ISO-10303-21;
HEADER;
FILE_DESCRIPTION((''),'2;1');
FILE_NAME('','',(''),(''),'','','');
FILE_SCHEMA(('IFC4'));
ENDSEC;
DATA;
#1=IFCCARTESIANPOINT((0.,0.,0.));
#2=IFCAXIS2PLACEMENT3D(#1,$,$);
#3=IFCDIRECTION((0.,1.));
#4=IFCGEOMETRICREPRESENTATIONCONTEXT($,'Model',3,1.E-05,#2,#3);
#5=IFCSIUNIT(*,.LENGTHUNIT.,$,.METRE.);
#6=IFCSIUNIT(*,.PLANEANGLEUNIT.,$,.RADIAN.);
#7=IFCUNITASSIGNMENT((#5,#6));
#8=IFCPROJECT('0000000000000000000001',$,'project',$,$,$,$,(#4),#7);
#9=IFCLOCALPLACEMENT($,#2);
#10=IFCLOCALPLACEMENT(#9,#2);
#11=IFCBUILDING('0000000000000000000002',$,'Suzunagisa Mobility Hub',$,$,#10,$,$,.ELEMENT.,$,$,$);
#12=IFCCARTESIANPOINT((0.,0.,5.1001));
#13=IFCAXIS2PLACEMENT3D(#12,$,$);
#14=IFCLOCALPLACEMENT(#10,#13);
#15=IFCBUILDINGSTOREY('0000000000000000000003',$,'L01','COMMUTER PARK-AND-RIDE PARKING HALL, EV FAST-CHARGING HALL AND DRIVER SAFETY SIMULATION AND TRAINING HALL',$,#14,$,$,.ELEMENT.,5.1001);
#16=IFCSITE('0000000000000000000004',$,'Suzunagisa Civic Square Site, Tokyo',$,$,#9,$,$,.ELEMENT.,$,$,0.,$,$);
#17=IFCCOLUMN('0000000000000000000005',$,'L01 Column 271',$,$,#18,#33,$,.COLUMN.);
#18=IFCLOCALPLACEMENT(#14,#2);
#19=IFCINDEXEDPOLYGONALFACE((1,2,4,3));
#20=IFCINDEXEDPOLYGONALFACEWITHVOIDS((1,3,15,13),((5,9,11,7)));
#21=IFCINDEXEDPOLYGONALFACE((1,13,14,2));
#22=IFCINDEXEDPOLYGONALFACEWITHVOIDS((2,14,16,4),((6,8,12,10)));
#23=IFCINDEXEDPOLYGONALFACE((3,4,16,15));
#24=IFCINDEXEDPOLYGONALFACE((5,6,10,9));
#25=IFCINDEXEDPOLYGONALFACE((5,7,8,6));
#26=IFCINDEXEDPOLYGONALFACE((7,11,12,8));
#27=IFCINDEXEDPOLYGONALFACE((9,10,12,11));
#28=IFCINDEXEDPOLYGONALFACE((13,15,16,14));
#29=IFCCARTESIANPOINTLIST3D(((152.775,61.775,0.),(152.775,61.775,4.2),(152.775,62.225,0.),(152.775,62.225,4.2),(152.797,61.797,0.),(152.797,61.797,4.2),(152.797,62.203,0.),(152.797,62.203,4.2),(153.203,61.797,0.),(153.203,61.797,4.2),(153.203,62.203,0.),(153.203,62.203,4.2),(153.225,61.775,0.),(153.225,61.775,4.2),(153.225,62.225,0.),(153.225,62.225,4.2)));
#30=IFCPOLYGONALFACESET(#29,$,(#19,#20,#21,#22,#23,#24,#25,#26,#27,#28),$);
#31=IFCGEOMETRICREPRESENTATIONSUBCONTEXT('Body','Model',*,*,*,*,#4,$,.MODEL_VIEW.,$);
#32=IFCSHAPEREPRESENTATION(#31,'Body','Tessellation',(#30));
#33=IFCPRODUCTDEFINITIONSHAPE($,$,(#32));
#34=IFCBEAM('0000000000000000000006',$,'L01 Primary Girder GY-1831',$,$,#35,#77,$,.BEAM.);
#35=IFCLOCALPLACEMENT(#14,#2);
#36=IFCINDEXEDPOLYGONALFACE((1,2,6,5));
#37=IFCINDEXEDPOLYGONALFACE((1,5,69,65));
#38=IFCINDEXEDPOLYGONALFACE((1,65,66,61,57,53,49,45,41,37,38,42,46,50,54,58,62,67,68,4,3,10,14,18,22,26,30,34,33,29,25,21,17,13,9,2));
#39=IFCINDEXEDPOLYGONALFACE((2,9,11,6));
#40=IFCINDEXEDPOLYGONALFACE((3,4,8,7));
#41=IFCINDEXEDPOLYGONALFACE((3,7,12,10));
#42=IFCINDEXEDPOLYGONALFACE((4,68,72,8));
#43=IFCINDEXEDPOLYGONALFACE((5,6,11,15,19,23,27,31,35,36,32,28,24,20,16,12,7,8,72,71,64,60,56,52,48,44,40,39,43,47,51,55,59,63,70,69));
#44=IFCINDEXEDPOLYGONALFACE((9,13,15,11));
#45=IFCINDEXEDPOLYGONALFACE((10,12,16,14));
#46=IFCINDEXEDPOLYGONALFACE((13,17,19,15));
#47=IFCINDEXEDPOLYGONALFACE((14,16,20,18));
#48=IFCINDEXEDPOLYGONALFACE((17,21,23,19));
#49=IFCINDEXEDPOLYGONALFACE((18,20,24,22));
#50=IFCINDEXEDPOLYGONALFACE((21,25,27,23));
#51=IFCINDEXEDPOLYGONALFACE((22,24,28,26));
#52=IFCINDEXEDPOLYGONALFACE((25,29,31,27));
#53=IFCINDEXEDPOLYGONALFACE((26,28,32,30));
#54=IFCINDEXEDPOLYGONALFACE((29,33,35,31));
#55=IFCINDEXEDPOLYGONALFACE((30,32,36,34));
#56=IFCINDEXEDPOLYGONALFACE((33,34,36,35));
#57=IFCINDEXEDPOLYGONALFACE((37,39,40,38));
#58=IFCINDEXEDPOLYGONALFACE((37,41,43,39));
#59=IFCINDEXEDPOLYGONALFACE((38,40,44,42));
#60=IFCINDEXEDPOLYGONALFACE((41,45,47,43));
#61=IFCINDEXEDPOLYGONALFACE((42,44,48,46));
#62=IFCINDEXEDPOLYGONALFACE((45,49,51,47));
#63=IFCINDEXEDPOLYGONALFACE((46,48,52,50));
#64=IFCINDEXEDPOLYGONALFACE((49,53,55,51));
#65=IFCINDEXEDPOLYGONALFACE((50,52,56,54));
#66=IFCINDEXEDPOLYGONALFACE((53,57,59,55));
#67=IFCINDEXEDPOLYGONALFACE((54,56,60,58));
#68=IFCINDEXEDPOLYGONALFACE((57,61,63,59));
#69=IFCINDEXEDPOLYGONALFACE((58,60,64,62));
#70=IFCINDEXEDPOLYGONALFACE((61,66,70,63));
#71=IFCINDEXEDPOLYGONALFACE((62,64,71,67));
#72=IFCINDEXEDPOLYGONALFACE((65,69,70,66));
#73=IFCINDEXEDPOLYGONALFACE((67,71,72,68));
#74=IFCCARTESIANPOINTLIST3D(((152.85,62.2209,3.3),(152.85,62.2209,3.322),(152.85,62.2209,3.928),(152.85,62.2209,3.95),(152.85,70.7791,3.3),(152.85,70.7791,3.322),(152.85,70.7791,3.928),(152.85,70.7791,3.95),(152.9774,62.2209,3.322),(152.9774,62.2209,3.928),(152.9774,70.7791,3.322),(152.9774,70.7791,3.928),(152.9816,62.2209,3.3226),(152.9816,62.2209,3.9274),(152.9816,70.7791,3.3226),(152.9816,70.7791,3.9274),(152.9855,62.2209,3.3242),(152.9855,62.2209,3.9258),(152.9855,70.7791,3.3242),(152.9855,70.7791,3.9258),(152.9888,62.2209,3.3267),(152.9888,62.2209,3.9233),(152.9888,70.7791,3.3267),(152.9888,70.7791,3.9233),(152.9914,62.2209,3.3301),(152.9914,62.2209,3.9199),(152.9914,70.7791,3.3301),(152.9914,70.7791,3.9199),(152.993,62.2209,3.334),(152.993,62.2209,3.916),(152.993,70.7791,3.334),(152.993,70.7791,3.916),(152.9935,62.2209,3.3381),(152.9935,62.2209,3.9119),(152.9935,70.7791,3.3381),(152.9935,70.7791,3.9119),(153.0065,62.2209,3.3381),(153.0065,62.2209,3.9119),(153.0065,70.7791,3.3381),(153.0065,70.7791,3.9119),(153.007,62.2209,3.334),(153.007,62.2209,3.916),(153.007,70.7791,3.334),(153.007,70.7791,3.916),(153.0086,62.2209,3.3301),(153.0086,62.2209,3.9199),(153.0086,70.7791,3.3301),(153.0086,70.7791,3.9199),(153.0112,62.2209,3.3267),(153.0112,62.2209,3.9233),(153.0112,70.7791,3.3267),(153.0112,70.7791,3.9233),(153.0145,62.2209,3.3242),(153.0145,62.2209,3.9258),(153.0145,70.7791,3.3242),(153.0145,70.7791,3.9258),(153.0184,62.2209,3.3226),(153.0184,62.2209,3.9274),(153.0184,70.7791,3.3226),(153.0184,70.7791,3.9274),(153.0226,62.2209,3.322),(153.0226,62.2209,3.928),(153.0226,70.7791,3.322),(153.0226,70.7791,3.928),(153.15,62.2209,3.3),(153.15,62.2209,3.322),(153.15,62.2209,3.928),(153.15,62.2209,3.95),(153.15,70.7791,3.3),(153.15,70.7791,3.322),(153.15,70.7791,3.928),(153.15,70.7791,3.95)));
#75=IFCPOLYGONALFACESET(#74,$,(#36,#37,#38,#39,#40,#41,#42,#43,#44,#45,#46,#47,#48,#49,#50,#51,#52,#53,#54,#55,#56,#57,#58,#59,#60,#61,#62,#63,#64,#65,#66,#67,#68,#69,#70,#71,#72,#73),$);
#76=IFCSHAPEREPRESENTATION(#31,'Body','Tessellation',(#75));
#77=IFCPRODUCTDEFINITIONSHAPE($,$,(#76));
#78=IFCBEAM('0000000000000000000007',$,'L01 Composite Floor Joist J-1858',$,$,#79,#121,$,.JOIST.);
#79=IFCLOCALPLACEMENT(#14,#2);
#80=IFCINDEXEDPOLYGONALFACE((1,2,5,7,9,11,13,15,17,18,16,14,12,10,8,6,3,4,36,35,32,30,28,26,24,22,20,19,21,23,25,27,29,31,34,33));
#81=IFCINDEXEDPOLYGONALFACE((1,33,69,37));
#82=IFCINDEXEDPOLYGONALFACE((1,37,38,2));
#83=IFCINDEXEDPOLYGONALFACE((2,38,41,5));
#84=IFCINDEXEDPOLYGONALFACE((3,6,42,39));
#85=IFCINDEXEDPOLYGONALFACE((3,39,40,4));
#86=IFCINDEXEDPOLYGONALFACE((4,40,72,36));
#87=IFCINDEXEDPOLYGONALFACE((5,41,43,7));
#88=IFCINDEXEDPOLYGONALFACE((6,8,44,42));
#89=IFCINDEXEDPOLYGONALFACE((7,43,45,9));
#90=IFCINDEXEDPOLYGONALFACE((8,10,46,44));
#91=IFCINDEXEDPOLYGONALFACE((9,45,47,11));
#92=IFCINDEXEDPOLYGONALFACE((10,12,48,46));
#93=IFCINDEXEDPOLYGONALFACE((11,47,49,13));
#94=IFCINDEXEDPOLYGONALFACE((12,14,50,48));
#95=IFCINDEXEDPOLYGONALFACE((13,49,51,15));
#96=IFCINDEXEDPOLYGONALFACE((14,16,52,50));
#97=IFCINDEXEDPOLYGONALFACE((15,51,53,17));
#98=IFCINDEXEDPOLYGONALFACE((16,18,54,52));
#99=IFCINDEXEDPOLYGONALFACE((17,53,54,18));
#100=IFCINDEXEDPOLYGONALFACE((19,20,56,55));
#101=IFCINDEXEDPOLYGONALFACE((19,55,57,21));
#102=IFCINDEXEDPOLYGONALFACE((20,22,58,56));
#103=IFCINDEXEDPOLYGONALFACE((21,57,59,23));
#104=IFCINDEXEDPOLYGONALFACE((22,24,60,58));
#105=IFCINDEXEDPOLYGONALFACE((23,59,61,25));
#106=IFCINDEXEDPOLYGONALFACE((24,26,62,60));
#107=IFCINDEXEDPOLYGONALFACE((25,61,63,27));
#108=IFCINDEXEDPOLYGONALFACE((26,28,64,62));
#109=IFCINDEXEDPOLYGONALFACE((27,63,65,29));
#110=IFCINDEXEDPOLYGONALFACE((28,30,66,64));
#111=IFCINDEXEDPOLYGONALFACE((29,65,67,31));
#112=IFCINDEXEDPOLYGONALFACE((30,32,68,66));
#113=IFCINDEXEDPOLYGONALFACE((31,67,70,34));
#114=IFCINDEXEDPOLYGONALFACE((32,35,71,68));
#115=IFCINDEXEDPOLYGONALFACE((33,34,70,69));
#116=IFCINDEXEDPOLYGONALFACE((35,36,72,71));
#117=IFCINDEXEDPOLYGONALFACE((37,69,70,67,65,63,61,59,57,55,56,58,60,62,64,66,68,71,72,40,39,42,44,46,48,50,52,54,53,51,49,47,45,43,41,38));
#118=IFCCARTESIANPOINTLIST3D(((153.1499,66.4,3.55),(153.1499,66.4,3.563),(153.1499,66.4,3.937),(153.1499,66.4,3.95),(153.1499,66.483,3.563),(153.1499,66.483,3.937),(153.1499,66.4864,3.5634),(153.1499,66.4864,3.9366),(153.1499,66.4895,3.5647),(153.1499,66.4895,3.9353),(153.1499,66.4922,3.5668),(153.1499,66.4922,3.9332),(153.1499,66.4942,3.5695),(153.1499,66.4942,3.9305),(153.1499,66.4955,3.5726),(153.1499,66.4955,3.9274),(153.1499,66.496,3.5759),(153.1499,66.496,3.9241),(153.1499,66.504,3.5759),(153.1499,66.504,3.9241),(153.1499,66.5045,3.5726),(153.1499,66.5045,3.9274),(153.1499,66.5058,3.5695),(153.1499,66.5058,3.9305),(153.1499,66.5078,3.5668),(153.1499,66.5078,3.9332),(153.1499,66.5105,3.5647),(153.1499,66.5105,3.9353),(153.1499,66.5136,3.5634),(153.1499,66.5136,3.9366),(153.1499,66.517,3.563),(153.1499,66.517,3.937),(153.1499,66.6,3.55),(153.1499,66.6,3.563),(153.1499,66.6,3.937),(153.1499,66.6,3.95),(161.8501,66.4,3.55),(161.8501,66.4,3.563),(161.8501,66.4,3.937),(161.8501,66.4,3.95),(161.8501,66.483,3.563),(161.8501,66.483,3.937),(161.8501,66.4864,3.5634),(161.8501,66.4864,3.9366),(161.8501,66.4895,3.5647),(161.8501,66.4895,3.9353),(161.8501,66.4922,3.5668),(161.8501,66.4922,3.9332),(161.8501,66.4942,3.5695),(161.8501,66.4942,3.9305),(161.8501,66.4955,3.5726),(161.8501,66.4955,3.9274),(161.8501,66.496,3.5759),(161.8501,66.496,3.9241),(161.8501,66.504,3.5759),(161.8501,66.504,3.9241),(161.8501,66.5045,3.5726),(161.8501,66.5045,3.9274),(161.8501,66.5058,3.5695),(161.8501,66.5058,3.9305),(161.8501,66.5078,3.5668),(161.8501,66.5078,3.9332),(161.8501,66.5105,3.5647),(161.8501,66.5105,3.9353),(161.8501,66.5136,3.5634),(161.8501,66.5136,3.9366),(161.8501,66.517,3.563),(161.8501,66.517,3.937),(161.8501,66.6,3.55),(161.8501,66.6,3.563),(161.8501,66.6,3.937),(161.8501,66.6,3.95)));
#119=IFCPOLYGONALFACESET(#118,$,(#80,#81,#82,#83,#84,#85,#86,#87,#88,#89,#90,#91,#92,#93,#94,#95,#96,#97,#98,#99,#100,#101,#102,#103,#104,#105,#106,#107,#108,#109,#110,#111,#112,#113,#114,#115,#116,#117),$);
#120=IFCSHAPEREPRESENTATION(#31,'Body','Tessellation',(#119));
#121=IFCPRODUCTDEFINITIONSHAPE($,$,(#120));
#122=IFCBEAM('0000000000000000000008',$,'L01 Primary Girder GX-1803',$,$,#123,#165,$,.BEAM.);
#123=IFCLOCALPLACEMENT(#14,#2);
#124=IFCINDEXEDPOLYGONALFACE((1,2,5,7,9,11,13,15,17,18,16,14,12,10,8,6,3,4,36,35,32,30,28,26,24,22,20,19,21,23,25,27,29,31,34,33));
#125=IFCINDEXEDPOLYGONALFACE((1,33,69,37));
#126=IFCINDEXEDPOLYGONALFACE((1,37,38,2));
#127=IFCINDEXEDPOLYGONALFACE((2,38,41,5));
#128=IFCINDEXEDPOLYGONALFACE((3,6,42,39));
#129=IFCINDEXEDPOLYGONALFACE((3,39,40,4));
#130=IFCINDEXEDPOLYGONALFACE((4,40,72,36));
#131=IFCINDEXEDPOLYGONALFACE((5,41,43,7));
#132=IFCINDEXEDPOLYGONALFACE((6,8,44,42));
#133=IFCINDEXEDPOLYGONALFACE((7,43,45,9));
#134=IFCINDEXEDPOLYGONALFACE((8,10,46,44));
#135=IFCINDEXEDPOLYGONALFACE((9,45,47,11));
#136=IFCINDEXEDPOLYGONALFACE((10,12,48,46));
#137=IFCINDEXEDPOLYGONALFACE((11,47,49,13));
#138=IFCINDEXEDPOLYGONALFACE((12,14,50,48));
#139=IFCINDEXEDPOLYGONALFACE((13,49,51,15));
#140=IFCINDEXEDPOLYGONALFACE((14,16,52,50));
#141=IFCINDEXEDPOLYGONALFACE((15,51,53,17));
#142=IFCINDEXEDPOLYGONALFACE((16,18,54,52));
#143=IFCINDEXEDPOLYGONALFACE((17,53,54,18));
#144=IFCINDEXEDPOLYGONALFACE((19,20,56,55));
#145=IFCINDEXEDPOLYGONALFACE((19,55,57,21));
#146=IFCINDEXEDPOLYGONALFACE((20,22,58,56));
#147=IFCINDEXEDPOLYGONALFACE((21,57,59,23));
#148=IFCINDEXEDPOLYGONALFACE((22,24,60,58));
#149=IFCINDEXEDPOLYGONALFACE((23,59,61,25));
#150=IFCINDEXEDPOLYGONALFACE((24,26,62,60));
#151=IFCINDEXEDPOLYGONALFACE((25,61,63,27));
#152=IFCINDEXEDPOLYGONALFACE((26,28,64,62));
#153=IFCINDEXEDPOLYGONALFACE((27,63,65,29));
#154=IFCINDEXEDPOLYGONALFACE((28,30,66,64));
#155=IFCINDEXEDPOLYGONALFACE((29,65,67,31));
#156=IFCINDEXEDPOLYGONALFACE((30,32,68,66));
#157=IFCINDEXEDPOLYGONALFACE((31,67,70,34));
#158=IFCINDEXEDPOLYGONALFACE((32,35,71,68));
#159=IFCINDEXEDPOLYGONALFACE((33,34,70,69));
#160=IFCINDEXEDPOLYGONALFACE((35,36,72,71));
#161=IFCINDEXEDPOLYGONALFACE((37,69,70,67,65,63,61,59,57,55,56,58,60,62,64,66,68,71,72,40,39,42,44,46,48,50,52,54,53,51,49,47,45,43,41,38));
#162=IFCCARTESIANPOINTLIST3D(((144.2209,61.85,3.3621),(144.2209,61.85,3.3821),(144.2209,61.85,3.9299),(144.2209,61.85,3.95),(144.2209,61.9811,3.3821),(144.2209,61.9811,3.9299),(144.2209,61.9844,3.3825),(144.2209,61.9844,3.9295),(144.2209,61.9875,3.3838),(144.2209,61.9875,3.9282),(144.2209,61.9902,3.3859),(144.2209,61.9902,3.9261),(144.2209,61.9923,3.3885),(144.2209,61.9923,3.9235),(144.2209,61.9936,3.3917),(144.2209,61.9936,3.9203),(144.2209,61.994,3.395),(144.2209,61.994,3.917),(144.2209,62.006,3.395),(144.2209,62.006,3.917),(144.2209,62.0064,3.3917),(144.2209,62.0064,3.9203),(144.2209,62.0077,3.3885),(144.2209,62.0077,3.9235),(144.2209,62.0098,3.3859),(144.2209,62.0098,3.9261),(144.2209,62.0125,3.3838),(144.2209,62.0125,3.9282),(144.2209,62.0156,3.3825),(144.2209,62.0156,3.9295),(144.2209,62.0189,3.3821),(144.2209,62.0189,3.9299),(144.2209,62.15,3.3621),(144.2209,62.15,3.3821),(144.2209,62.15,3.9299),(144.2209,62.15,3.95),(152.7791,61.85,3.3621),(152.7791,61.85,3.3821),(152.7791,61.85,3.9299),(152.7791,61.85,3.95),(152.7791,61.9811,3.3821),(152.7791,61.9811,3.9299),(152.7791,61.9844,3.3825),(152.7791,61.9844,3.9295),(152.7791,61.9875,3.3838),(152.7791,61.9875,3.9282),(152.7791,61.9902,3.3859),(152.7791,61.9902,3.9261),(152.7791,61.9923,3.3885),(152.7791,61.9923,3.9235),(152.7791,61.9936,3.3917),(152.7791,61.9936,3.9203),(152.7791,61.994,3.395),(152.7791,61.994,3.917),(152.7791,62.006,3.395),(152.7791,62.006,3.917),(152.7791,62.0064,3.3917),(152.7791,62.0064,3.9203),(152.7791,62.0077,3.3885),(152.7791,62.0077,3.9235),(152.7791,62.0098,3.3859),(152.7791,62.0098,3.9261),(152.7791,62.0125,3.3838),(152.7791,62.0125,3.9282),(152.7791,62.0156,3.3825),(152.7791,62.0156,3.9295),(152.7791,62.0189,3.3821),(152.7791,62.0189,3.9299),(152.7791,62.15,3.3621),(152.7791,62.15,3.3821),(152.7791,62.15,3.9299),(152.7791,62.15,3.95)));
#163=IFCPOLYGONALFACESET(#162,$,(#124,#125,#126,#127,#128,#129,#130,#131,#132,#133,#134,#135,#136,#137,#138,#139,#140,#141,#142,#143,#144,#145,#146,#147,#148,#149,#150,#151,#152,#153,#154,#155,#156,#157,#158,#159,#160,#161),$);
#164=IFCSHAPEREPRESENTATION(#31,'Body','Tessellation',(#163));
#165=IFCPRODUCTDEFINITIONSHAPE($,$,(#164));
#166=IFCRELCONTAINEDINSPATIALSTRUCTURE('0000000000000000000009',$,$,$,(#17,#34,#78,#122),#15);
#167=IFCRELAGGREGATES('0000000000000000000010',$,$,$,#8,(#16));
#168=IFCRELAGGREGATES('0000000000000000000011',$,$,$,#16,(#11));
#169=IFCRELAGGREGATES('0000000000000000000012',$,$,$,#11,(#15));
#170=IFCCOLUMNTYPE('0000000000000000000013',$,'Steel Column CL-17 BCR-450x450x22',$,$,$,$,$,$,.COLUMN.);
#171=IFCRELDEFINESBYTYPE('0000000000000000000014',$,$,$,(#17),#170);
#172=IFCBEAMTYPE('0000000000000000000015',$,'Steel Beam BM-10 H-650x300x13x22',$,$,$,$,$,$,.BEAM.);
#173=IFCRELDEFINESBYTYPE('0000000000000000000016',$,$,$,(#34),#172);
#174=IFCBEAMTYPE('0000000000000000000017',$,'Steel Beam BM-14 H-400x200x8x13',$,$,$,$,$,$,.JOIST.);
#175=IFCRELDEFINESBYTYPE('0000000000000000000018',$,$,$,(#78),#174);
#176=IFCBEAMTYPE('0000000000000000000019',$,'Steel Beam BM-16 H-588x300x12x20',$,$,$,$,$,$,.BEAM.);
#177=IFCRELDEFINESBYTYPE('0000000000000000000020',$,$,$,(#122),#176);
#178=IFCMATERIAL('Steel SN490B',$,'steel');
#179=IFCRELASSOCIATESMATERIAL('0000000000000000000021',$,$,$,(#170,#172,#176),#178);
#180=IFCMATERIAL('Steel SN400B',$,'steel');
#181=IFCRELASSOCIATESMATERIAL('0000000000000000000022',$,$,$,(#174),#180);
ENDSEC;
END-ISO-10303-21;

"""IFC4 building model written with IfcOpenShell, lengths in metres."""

from ifc_helpers import new_model, si_unit, direction, frame, origin, origin_2d, place, context, subcontext, project, spatial, hollow_rectangle, i_section, extrude, material, material_profile, profile_set, type_object, element, save


model = new_model("IFC4")

# Units and contexts
model_context = context("Model", 3, precision=1e-05, world=origin(), true_north=direction((0.0, 1.0)))
body_context = subcontext(model_context, "Body", "Model", "MODEL_VIEW")
ifc_project = project(units=[si_unit("LENGTHUNIT", "METRE"), si_unit("PLANEANGLEUNIT", "RADIAN")], contexts=[model_context])

# Site, building, storey
site_placement = place(None, origin())
site = spatial("IfcSite", under=ifc_project, at=site_placement, Name="Suzunagisa Civic Square Site, Tokyo", CompositionType="ELEMENT", RefElevation=0.0)
building_placement = place(site_placement, origin())
building = spatial("IfcBuilding", under=site, at=building_placement, Name="Suzunagisa Mobility Hub", CompositionType="ELEMENT")
storey_placement = place(building_placement, frame((0.0, 0.0, 5.1001)))
storey = spatial("IfcBuildingStorey", under=building, at=storey_placement, Name="L01", Description="COMMUTER PARK-AND-RIDE PARKING HALL, EV FAST-CHARGING HALL AND DRIVER SAFETY SIMULATION AND TRAINING HALL", CompositionType="ELEMENT", Elevation=5.1001)

# Column
ifc_material_1 = material(Name="Steel SN490B", Category="steel")
ifc_material_profile_1 = material_profile(ifc_material_1, hollow_rectangle(XDim=0.45, YDim=0.45, WallThickness=0.022, at=origin_2d()), Name="BCR-450x450x22")
ifc_profile_set_1 = profile_set([ifc_material_profile_1], Name="Steel SN490B")
column_type = type_object("IfcColumnType", Name="Steel Column CL-17 BCR-450x450x22", PredefinedType="COLUMN", material=ifc_profile_set_1)
column_placement = place(storey_placement, frame((153.0, 62.0, 0.0), z_axis=(0.0, 0.0, 1.0), x_axis=(1.0, 0.0, 0.0)))
element("IfcColumn", 1, at=column_placement, inside=storey, type_object=column_type, Name="L01 Column 271", PredefinedType="COLUMN", context=body_context, shape_type="SweptSolid", body=[
    extrude(hollow_rectangle(XDim=0.45, YDim=0.45, WallThickness=0.022, at=origin_2d()), origin(), (0.0, 0.0, 1.0), 4.2),
])

# Beams
ifc_material_profile_2 = material_profile(ifc_material_1, i_section(OverallWidth=0.3, OverallDepth=0.6499, WebThickness=0.0129, FlangeThickness=0.022, FilletRadius=0.0161, at=origin_2d()), Name="H-650x300x13x22")
ifc_profile_set_2 = profile_set([ifc_material_profile_2], Name="Steel SN490B")
beam_type_1 = type_object("IfcBeamType", Name="Steel Beam BM-10 H-650x300x13x22", PredefinedType="BEAM", material=ifc_profile_set_2)
beam_1_placement = place(storey_placement, frame((153.0, 62.2209, 3.625), z_axis=(0.0, 1.0, 0.0), x_axis=(-1.0, 0.0, 0.0)))
element("IfcBeam", 2, at=beam_1_placement, inside=storey, type_object=beam_type_1, Name="L01 Primary Girder GY-1831", PredefinedType="BEAM", context=body_context, shape_type="SweptSolid", body=[
    extrude(i_section(OverallWidth=0.3, OverallDepth=0.6499, WebThickness=0.0129, FlangeThickness=0.022, FilletRadius=0.0161, at=origin_2d()), origin(), (0.0, 0.0, 1.0), 8.5581),
])
ifc_material_2 = material(Name="Steel SN400B", Category="steel")
ifc_material_profile_3 = material_profile(ifc_material_2, i_section(OverallWidth=0.2, OverallDepth=0.3999, WebThickness=0.0081, FlangeThickness=0.0129, FilletRadius=0.0129, at=origin_2d()), Name="H-400x200x8x13")
ifc_profile_set_3 = profile_set([ifc_material_profile_3], Name="Steel SN400B")
beam_type_2 = type_object("IfcBeamType", Name="Steel Beam BM-14 H-400x200x8x13", PredefinedType="JOIST", material=ifc_profile_set_3)
beam_2_placement = place(storey_placement, frame((153.1499, 66.5, 3.75), z_axis=(1.0, 0.0, 0.0), x_axis=(0.0, 1.0, 0.0)))
element("IfcBeam", 3, at=beam_2_placement, inside=storey, type_object=beam_type_2, Name="L01 Composite Floor Joist J-1858", PredefinedType="JOIST", context=body_context, shape_type="SweptSolid", body=[
    extrude(i_section(OverallWidth=0.2, OverallDepth=0.3999, WebThickness=0.0081, FlangeThickness=0.0129, FilletRadius=0.0129, at=origin_2d()), origin(), (0.0, 0.0, 1.0), 8.7002),
])
ifc_material_profile_4 = material_profile(ifc_material_1, i_section(OverallWidth=0.3, OverallDepth=0.5879, WebThickness=0.012, FlangeThickness=0.02, FilletRadius=0.0129, at=origin_2d()), Name="H-588x300x12x20")
ifc_profile_set_4 = profile_set([ifc_material_profile_4], Name="Steel SN490B")
beam_type_3 = type_object("IfcBeamType", Name="Steel Beam BM-16 H-588x300x12x20", PredefinedType="BEAM", material=ifc_profile_set_4)
beam_3_placement = place(storey_placement, frame((144.2209, 62.0, 3.656), z_axis=(1.0, 0.0, 0.0), x_axis=(0.0, 1.0, 0.0)))
element("IfcBeam", 4, at=beam_3_placement, inside=storey, type_object=beam_type_3, Name="L01 Primary Girder GX-1803", PredefinedType="BEAM", context=body_context, shape_type="SweptSolid", body=[
    extrude(i_section(OverallWidth=0.3, OverallDepth=0.5879, WebThickness=0.012, FlangeThickness=0.02, FilletRadius=0.0129, at=origin_2d()), origin(), (0.0, 0.0, 1.0), 8.5581),
])

save(model, "model.ifc")
